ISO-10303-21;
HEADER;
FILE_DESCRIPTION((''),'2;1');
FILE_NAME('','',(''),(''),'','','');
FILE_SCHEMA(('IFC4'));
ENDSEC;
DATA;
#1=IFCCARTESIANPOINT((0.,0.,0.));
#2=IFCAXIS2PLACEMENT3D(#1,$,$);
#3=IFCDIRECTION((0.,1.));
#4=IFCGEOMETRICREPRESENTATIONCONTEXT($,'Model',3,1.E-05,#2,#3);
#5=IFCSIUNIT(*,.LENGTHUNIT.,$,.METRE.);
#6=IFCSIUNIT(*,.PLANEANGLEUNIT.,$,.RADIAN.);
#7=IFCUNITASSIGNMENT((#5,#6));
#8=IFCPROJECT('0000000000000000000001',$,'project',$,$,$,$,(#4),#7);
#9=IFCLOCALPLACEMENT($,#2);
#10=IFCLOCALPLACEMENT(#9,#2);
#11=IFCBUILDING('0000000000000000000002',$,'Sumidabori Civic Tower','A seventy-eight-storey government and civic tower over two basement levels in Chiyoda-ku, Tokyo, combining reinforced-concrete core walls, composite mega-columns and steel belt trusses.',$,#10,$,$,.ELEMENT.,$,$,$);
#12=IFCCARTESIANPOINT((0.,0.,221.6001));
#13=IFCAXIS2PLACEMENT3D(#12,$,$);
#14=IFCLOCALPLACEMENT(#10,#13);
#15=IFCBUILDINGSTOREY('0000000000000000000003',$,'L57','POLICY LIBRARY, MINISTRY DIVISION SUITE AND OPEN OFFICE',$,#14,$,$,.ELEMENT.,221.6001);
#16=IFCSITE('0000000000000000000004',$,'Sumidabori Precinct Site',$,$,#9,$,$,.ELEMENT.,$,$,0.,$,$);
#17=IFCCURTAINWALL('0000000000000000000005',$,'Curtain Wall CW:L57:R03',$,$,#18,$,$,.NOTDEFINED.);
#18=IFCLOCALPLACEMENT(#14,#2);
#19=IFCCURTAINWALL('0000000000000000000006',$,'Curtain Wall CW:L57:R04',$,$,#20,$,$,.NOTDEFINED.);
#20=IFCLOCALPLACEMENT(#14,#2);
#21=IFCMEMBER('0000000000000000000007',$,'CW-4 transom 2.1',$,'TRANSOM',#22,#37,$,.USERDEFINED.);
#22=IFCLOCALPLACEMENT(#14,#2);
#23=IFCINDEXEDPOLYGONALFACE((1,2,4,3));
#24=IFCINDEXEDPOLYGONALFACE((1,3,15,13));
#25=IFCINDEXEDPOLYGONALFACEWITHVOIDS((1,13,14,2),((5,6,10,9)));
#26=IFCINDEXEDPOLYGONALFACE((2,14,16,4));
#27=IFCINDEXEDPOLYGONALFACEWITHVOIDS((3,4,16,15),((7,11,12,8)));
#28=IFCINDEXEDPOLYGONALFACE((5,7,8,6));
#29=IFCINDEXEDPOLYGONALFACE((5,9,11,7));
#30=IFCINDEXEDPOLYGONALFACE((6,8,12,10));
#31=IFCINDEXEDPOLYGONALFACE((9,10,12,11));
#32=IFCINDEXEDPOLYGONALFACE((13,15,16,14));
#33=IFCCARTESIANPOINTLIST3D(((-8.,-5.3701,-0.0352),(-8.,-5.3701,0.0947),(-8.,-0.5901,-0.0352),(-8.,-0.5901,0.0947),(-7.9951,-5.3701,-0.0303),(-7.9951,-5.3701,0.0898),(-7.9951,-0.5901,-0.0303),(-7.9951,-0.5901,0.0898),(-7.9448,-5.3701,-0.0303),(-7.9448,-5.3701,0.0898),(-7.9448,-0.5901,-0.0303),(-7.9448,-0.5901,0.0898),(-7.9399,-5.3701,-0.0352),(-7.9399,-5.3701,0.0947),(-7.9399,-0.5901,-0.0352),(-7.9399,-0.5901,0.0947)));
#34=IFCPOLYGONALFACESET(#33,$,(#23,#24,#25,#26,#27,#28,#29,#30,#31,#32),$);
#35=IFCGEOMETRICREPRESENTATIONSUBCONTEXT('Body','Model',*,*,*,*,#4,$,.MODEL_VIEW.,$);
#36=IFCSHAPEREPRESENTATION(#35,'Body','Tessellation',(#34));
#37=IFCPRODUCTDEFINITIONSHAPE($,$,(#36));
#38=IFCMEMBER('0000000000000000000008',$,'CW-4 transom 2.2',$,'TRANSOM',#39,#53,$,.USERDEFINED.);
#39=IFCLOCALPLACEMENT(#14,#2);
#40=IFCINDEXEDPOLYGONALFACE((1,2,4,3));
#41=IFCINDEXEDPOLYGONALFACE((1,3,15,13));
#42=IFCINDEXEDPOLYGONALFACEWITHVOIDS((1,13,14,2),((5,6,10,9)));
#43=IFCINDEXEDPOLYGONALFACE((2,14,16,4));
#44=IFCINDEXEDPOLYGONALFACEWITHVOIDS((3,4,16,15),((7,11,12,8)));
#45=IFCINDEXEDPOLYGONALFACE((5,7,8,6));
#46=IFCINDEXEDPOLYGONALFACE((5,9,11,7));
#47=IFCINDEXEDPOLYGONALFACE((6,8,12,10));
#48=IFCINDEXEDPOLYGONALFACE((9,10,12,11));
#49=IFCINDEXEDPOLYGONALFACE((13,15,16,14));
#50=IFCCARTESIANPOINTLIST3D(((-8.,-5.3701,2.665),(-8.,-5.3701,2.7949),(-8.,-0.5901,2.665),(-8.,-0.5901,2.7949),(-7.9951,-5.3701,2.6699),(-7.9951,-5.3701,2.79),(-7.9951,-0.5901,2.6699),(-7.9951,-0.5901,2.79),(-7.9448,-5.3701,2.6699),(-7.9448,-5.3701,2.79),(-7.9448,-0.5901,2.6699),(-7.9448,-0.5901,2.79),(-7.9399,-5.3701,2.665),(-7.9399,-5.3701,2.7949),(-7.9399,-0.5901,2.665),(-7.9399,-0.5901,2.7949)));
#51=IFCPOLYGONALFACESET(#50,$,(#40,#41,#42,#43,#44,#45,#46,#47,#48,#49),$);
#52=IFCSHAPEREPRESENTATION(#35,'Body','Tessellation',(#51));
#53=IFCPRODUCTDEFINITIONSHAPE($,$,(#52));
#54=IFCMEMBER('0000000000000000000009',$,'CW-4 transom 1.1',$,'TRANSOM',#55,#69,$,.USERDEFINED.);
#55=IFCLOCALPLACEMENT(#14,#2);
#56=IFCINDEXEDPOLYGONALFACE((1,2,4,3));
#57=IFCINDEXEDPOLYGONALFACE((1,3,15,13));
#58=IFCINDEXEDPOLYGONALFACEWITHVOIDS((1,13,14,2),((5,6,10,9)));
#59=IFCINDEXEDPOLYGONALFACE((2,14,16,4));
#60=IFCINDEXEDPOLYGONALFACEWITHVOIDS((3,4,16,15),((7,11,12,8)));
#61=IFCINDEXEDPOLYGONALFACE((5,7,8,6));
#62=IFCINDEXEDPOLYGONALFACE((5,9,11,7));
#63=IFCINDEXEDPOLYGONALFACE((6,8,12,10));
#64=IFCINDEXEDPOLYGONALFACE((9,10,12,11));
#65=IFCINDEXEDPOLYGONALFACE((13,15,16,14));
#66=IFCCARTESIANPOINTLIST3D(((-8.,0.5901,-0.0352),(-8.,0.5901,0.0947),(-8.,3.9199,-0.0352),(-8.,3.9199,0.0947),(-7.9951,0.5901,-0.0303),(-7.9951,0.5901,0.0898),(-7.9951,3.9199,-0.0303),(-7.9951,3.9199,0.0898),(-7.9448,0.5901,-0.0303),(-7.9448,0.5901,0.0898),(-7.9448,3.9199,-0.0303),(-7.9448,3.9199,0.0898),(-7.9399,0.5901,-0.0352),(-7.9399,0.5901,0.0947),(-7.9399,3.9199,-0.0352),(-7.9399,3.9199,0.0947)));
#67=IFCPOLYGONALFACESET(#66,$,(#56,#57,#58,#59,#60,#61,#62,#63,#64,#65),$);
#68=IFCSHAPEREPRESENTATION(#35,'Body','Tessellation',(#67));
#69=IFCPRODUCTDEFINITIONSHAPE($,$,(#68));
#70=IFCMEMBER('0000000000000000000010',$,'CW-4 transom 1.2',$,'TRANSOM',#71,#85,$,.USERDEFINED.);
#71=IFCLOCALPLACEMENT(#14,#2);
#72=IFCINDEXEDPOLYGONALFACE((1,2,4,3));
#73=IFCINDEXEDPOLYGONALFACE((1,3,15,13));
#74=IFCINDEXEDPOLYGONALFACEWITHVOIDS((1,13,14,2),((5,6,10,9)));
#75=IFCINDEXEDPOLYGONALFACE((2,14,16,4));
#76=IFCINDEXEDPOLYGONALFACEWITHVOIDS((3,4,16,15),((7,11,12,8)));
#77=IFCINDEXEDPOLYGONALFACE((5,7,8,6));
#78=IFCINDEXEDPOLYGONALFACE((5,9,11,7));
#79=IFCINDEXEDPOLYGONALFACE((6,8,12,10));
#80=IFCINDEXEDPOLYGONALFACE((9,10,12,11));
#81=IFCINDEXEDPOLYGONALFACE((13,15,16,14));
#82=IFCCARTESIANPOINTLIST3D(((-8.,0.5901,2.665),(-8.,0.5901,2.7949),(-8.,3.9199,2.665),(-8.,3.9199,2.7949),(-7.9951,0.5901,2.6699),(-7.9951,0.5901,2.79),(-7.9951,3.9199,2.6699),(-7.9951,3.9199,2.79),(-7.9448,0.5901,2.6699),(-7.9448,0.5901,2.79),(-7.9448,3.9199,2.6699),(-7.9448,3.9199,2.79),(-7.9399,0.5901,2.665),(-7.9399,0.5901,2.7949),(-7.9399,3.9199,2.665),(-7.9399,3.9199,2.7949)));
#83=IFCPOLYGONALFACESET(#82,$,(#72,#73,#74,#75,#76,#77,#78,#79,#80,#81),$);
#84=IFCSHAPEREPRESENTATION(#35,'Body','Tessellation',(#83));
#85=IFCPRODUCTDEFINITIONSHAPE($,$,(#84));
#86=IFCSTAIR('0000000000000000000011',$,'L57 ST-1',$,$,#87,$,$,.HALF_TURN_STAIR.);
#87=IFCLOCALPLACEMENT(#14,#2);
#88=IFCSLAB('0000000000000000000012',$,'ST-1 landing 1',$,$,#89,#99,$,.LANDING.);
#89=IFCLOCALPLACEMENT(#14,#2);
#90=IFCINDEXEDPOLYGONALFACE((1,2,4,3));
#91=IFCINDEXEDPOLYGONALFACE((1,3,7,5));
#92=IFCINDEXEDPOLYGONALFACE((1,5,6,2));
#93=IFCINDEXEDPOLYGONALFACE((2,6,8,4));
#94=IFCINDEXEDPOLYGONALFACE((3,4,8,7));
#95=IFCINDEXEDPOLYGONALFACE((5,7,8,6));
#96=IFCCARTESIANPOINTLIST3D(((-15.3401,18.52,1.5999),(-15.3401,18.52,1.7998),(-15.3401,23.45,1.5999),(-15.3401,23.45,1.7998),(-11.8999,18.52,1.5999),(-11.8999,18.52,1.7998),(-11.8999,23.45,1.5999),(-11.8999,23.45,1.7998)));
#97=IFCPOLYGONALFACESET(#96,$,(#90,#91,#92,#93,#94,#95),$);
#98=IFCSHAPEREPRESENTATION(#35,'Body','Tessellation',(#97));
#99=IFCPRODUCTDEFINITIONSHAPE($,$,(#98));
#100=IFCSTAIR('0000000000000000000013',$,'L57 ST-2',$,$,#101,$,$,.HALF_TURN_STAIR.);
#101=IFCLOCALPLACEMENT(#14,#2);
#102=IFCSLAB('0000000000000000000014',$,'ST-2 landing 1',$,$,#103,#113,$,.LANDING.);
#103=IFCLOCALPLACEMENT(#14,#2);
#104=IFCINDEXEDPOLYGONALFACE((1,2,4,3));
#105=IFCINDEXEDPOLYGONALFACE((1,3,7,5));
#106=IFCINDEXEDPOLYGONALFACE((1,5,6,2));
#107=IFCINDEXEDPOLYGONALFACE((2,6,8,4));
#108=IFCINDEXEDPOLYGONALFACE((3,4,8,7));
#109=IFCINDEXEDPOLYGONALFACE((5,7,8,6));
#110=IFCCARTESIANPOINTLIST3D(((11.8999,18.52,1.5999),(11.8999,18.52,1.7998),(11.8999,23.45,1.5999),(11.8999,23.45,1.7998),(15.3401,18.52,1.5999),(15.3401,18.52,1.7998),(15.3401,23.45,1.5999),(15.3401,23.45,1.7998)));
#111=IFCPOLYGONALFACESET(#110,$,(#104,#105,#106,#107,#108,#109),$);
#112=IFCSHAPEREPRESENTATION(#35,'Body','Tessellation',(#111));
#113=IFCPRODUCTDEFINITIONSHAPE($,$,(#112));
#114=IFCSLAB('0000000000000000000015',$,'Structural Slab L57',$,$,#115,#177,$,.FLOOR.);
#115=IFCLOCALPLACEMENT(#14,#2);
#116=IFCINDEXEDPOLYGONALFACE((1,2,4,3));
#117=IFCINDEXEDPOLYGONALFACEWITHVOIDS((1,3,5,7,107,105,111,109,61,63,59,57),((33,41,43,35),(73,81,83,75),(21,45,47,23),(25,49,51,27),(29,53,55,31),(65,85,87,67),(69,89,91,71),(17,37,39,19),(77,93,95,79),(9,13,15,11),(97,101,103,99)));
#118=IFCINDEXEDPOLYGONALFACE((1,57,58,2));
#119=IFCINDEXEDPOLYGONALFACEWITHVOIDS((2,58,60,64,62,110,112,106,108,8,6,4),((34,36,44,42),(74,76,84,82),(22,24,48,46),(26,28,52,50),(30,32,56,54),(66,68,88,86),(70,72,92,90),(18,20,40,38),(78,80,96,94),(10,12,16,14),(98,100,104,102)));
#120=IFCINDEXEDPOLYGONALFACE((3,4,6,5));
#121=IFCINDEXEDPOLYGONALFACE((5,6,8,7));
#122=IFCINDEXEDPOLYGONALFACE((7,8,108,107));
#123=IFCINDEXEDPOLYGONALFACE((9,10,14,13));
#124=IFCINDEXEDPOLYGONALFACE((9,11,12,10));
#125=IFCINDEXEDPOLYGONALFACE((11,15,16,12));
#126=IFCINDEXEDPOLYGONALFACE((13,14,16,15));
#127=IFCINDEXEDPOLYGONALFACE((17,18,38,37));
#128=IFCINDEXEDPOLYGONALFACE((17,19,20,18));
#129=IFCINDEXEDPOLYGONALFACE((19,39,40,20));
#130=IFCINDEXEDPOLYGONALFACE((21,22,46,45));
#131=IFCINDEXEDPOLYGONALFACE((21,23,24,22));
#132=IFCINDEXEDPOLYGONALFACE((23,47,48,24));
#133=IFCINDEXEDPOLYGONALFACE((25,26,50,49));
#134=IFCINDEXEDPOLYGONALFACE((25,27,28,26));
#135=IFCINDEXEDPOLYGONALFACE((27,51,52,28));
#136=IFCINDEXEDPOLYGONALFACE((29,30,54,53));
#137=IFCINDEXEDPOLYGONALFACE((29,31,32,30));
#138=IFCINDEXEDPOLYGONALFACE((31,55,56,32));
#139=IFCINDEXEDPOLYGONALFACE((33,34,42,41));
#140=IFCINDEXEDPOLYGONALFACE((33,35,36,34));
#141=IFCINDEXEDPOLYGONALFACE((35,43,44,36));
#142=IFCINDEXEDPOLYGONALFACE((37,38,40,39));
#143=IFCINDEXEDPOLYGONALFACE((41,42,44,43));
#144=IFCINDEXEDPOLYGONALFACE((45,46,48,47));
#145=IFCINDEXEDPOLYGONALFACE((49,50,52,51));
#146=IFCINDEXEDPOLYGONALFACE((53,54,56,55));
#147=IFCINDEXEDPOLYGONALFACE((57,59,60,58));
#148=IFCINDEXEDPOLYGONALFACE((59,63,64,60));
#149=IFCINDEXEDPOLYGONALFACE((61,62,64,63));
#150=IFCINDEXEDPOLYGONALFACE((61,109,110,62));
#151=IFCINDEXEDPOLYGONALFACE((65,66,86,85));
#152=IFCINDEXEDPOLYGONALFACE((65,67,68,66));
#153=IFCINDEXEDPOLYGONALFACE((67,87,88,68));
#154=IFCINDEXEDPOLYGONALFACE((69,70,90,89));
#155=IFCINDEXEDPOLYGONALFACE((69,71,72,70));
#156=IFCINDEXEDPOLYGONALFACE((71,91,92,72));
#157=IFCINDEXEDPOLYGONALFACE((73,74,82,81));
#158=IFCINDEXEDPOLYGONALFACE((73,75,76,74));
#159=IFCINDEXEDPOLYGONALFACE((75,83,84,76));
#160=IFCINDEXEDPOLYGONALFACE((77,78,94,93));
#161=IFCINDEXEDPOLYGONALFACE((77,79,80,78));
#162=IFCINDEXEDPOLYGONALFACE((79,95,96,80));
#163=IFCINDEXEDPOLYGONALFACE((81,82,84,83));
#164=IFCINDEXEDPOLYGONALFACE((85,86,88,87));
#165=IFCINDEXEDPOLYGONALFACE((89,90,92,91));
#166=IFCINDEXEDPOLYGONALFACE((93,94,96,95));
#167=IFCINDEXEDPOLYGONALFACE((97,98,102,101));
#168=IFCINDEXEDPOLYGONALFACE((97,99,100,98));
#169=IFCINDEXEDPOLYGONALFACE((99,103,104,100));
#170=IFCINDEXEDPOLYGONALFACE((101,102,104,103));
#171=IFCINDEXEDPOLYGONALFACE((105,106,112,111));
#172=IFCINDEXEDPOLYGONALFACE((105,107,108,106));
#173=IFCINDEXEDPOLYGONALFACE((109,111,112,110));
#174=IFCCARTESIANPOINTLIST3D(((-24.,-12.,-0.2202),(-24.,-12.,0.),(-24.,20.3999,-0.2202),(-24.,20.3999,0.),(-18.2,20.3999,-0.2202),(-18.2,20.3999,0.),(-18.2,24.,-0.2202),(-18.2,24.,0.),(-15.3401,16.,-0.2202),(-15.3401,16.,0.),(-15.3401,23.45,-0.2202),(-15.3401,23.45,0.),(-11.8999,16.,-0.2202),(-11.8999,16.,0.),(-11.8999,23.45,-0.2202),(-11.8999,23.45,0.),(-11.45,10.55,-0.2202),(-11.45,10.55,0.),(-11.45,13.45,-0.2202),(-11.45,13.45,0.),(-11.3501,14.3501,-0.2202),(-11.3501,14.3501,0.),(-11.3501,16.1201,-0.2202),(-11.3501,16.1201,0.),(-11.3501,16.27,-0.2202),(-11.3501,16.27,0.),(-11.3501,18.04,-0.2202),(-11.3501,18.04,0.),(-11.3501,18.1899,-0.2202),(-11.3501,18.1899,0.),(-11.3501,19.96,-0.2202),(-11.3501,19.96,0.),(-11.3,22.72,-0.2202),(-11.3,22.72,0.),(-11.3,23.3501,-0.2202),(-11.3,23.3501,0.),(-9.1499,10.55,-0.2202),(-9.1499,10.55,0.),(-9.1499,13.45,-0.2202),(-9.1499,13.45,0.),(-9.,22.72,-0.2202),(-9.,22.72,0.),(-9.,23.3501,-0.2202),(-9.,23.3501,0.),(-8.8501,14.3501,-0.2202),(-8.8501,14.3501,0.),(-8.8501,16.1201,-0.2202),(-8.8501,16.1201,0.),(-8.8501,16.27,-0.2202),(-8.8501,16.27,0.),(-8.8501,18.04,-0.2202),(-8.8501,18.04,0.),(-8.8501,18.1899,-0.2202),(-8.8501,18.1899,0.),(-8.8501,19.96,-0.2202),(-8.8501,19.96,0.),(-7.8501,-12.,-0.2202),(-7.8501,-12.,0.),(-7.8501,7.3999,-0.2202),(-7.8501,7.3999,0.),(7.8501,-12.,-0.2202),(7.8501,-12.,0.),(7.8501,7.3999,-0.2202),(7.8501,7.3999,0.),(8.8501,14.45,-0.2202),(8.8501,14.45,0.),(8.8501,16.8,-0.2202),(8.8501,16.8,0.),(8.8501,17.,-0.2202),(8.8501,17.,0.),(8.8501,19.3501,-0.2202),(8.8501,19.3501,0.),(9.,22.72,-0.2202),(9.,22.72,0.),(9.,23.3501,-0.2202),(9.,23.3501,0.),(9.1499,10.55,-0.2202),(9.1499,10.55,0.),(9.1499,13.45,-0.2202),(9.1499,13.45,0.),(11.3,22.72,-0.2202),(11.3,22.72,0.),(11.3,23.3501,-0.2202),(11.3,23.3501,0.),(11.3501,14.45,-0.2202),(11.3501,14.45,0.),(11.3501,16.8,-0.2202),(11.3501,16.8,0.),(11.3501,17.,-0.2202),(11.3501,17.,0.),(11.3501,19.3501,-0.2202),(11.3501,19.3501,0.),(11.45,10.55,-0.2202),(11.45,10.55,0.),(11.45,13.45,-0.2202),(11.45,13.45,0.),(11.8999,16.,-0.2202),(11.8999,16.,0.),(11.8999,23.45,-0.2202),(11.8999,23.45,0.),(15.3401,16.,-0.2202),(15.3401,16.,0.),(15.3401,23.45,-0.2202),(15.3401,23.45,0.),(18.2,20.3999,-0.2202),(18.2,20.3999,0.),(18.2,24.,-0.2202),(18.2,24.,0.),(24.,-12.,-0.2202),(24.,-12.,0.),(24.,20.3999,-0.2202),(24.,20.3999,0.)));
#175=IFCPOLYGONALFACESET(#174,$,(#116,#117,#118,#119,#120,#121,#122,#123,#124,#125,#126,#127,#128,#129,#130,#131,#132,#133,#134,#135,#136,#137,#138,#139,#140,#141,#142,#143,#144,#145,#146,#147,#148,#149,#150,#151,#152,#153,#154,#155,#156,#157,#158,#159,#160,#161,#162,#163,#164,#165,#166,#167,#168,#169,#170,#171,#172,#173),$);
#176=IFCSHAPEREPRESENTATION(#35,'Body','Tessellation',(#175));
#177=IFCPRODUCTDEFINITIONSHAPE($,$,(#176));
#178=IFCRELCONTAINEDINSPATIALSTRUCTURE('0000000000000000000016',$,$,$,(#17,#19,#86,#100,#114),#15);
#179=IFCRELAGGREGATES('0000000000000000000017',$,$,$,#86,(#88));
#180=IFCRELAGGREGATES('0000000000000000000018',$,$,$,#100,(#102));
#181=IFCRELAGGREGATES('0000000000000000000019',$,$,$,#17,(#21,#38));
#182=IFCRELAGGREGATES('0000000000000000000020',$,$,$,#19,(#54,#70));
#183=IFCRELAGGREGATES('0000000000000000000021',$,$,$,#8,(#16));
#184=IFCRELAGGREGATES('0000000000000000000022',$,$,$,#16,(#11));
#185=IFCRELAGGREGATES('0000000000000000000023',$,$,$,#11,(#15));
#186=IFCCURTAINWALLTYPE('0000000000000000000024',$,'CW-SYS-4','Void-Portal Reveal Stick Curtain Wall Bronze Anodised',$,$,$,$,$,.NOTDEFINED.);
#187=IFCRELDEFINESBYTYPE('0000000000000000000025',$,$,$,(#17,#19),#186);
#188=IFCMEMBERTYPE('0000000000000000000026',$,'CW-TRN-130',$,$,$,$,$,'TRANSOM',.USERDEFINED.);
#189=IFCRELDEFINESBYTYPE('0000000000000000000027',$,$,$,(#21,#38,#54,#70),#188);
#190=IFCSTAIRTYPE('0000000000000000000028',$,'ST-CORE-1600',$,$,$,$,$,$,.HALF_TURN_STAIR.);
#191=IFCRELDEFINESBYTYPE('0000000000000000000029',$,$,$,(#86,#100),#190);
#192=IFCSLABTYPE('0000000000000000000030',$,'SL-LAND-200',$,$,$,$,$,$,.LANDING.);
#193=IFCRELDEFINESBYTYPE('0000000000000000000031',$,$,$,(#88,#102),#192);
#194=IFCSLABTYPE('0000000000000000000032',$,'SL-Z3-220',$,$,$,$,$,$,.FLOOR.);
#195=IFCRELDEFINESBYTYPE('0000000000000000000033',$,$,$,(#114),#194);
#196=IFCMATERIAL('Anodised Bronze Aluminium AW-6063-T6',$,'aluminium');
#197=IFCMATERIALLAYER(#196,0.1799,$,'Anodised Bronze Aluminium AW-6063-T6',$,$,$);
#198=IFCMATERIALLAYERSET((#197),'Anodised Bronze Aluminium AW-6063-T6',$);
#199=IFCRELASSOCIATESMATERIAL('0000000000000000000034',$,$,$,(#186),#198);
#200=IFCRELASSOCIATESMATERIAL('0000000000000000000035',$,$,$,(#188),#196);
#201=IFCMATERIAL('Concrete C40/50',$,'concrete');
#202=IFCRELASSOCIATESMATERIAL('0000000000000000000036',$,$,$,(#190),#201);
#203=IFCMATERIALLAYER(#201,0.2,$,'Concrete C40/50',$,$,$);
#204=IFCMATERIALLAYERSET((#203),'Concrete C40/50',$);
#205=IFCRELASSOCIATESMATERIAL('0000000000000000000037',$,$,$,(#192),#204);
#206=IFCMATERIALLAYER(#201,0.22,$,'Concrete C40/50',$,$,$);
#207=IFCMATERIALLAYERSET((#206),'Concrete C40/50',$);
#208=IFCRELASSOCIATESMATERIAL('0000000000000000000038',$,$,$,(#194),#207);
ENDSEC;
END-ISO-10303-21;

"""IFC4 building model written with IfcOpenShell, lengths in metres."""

from ifc_helpers import new_model, si_unit, direction, frame, origin, origin_2d, place, context, subcontext, project, spatial, polyline, hollow_rectangle, outline, extrude, source, transform, mapped, material, layer, layer_set, material_profile, profile_set, type_object, element, aggregate, save


model = new_model("IFC4")

# Units and contexts
model_context = context("Model", 3, precision=1e-05, world=origin(), true_north=direction((0.0, 1.0)))
body_context = subcontext(model_context, "Body", "Model", "MODEL_VIEW")
ifc_project = project(units=[si_unit("LENGTHUNIT", "METRE"), si_unit("PLANEANGLEUNIT", "RADIAN")], contexts=[model_context])

# Site, building, storey
site_placement = place(None, origin())
site = spatial("IfcSite", under=ifc_project, at=site_placement, Name="Sumidabori Precinct Site", CompositionType="ELEMENT", RefElevation=0.0)
building_placement = place(site_placement, origin())
building = spatial("IfcBuilding", under=site, at=building_placement, Name="Sumidabori Civic Tower", Description="A seventy-eight-storey government and civic tower over two basement levels in Chiyoda-ku, Tokyo, combining reinforced-concrete core walls, composite mega-columns and steel belt trusses.", CompositionType="ELEMENT")
storey_placement = place(building_placement, frame((0.0, 0.0, 221.6001)))
storey = spatial("IfcBuildingStorey", under=building, at=storey_placement, Name="L57", Description="POLICY LIBRARY, MINISTRY DIVISION SUITE AND OPEN OFFICE", CompositionType="ELEMENT", Elevation=221.6001)

# Shared definitions
ifc_material_1 = material(Name="Anodised Bronze Aluminium AW-6063-T6", Category="aluminium")

# Curtain wall
ifc_layer_1 = layer(ifc_material_1, 0.1799, Name="Anodised Bronze Aluminium AW-6063-T6")
ifc_layer_set_1 = layer_set([ifc_layer_1], Name="Anodised Bronze Aluminium AW-6063-T6")
curtain_wall_type_1 = type_object("IfcCurtainWallType", Name="CW-SYS-4", Description="Void-Portal Reveal Stick Curtain Wall Bronze Anodised", PredefinedType="NOTDEFINED", material=ifc_layer_set_1)
curtain_wall_1_placement = place(storey_placement, origin())
curtain_wall_1 = element("IfcCurtainWall", 1, at=curtain_wall_1_placement, inside=storey, type_object=curtain_wall_type_1, Name="Curtain Wall CW:L57:R03", PredefinedType="NOTDEFINED")

# Curtain wall
curtain_wall_2_placement = place(storey_placement, origin())
curtain_wall_2 = element("IfcCurtainWall", 2, at=curtain_wall_2_placement, inside=storey, type_object=curtain_wall_type_1, Name="Curtain Wall CW:L57:R04", PredefinedType="NOTDEFINED")

# Members
ifc_material_profile_1 = material_profile(ifc_material_1, hollow_rectangle(XDim=0.0601, YDim=0.1299, WallThickness=0.0049, at=origin_2d()), Name="ALU TRANSOM 130x60")
ifc_profile_set_1 = profile_set([ifc_material_profile_1], Name="Anodised Bronze Aluminium AW-6063-T6")
member_type_1 = type_object("IfcMemberType", Name="CW-TRN-130", ElementType="TRANSOM", PredefinedType="USERDEFINED", material=ifc_profile_set_1)
shared_shape_1 = source(origin(), body_context, "Body", "SweptSolid", [
    extrude(hollow_rectangle(XDim=0.0601, YDim=0.1299, WallThickness=0.0049, at=origin_2d()), origin(), (0.0, 0.0, 1.0), 4.78),
])
member_1_placement = place(storey_placement, frame((-7.97, -5.3701, 0.0298), z_axis=(0.0, 1.0, 0.0), x_axis=(-1.0, 0.0, 0.0)))
member_1 = element("IfcMember", 3, at=member_1_placement, type_object=member_type_1, Name="CW-4 transom 2.1", ObjectType="TRANSOM", PredefinedType="USERDEFINED", context=body_context, shape_type="MappedRepresentation", body=[
    mapped(shared_shape_1, transform((0.0, 0.0, 0.0), x_axis=(1.0, 0.0, 0.0), y_axis=(0.0, 1.0, 0.0), z_axis=(0.0, 0.0, 1.0), scale=1.0)),
])
member_2_placement = place(storey_placement, frame((-7.97, -5.3701, 2.73), z_axis=(0.0, 1.0, 0.0), x_axis=(-1.0, 0.0, 0.0)))
member_2 = element("IfcMember", 4, at=member_2_placement, type_object=member_type_1, Name="CW-4 transom 2.2", ObjectType="TRANSOM", PredefinedType="USERDEFINED", context=body_context, shape_type="MappedRepresentation", body=[
    mapped(shared_shape_1, transform((0.0, 0.0, 0.0), x_axis=(1.0, 0.0, 0.0), y_axis=(0.0, 1.0, 0.0), z_axis=(0.0, 0.0, 1.0), scale=1.0)),
])
shared_shape_2 = source(origin(), body_context, "Body", "SweptSolid", [
    extrude(hollow_rectangle(XDim=0.0601, YDim=0.1299, WallThickness=0.0049, at=origin_2d()), origin(), (0.0, 0.0, 1.0), 3.3298),
])
member_3_placement = place(storey_placement, frame((-7.97, 0.5901, 0.0298), z_axis=(0.0, 1.0, 0.0), x_axis=(-1.0, 0.0, 0.0)))
member_3 = element("IfcMember", 5, at=member_3_placement, type_object=member_type_1, Name="CW-4 transom 1.1", ObjectType="TRANSOM", PredefinedType="USERDEFINED", context=body_context, shape_type="MappedRepresentation", body=[
    mapped(shared_shape_2, transform((0.0, 0.0, 0.0), x_axis=(1.0, 0.0, 0.0), y_axis=(0.0, 1.0, 0.0), z_axis=(0.0, 0.0, 1.0), scale=1.0)),
])
member_4_placement = place(storey_placement, frame((-7.97, 0.5901, 2.73), z_axis=(0.0, 1.0, 0.0), x_axis=(-1.0, 0.0, 0.0)))
member_4 = element("IfcMember", 6, at=member_4_placement, type_object=member_type_1, Name="CW-4 transom 1.2", ObjectType="TRANSOM", PredefinedType="USERDEFINED", context=body_context, shape_type="MappedRepresentation", body=[
    mapped(shared_shape_2, transform((0.0, 0.0, 0.0), x_axis=(1.0, 0.0, 0.0), y_axis=(0.0, 1.0, 0.0), z_axis=(0.0, 0.0, 1.0), scale=1.0)),
])

# Stairs, slabs
ifc_material_2 = material(Name="Concrete C40/50", Category="concrete")
stair_type = type_object("IfcStairType", Name="ST-CORE-1600", PredefinedType="HALF_TURN_STAIR", material=ifc_material_2)
stair_1_placement = place(storey_placement, origin())
stair_1 = element("IfcStair", 7, at=stair_1_placement, inside=storey, type_object=stair_type, Name="L57 ST-1", PredefinedType="HALF_TURN_STAIR")
ifc_layer_2 = layer(ifc_material_2, 0.2, Name="Concrete C40/50")
ifc_layer_set_2 = layer_set([ifc_layer_2], Name="Concrete C40/50")
slab_type_1 = type_object("IfcSlabType", Name="SL-LAND-200", PredefinedType="LANDING", material=ifc_layer_set_2)
slab_1_placement = place(storey_placement, frame((0.0, 0.0, 1.5999)))
slab_1 = element("IfcSlab", 8, at=slab_1_placement, type_object=slab_type_1, Name="ST-1 landing 1", PredefinedType="LANDING", context=body_context, shape_type="SweptSolid", body=[
    extrude(outline(polyline([(-11.8999, 18.52), (-11.8999, 23.45), (-15.3401, 23.45), (-15.3401, 18.52), (-11.8999, 18.52)])), origin(), (0.0, 0.0, 1.0), 0.2),
])
aggregate(stair_1, [slab_1])
stair_2_placement = place(storey_placement, origin())
stair_2 = element("IfcStair", 9, at=stair_2_placement, inside=storey, type_object=stair_type, Name="L57 ST-2", PredefinedType="HALF_TURN_STAIR")
slab_2_placement = place(storey_placement, frame((0.0, 0.0, 1.5999)))
slab_2 = element("IfcSlab", 10, at=slab_2_placement, type_object=slab_type_1, Name="ST-2 landing 1", PredefinedType="LANDING", context=body_context, shape_type="SweptSolid", body=[
    extrude(outline(polyline([(15.3401, 18.52), (15.3401, 23.45), (11.8999, 23.45), (11.8999, 18.52), (15.3401, 18.52)])), origin(), (0.0, 0.0, 1.0), 0.2),
])
aggregate(stair_2, [slab_2])

# Slab
ifc_layer_3 = layer(ifc_material_2, 0.22, Name="Concrete C40/50")
ifc_layer_set_3 = layer_set([ifc_layer_3], Name="Concrete C40/50")
slab_type_2 = type_object("IfcSlabType", Name="SL-Z3-220", PredefinedType="FLOOR", material=ifc_layer_set_3)
slab_3_placement = place(storey_placement, frame((0.0, 0.0, -0.2202)))
element("IfcSlab", 11, at=slab_3_placement, inside=storey, type_object=slab_type_2, Name="Structural Slab L57", PredefinedType="FLOOR", context=body_context, shape_type="SweptSolid", body=[
    extrude(outline(polyline([(-24.0, -12.0), (-7.8501, -12.0), (-7.8501, 7.3999), (7.8501, 7.3999), (7.8501, -12.0), (24.0, -12.0), (24.0, 20.3999), (18.2, 20.3999), (18.2, 24.0), (-18.2, 24.0), (-18.2, 20.3999), (-24.0, 20.3999), (-24.0, -12.0)]), holes=[polyline([(-11.8999, 16.0), (-11.8999, 23.45), (-15.3401, 23.45), (-15.3401, 16.0), (-11.8999, 16.0)]), polyline([(15.3401, 16.0), (15.3401, 23.45), (11.8999, 23.45), (11.8999, 16.0), (15.3401, 16.0)]), polyline([(-11.45, 10.55), (-9.1499, 10.55), (-9.1499, 13.45), (-11.45, 13.45), (-11.45, 10.55)]), polyline([(9.1499, 10.55), (11.45, 10.55), (11.45, 13.45), (9.1499, 13.45), (9.1499, 10.55)]), polyline([(-11.3501, 14.3501), (-8.8501, 14.3501), (-8.8501, 16.1201), (-11.3501, 16.1201), (-11.3501, 14.3501)]), polyline([(-11.3501, 16.27), (-8.8501, 16.27), (-8.8501, 18.04), (-11.3501, 18.04), (-11.3501, 16.27)]), polyline([(-11.3501, 18.1899), (-8.8501, 18.1899), (-8.8501, 19.96), (-11.3501, 19.96), (-11.3501, 18.1899)]), polyline([(8.8501, 14.45), (11.3501, 14.45), (11.3501, 16.8), (8.8501, 16.8), (8.8501, 14.45)]), polyline([(8.8501, 17.0), (11.3501, 17.0), (11.3501, 19.3501), (8.8501, 19.3501), (8.8501, 17.0)]), polyline([(-11.3, 22.72), (-9.0, 22.72), (-9.0, 23.3501), (-11.3, 23.3501), (-11.3, 22.72)]), polyline([(9.0, 22.72), (11.3, 22.72), (11.3, 23.3501), (9.0, 23.3501), (9.0, 22.72)])]), origin(), (0.0, 0.0, 1.0), 0.2202),
])

aggregate(curtain_wall_1, [member_1, member_2])
aggregate(curtain_wall_2, [member_3, member_4])

save(model, "model.ifc")
